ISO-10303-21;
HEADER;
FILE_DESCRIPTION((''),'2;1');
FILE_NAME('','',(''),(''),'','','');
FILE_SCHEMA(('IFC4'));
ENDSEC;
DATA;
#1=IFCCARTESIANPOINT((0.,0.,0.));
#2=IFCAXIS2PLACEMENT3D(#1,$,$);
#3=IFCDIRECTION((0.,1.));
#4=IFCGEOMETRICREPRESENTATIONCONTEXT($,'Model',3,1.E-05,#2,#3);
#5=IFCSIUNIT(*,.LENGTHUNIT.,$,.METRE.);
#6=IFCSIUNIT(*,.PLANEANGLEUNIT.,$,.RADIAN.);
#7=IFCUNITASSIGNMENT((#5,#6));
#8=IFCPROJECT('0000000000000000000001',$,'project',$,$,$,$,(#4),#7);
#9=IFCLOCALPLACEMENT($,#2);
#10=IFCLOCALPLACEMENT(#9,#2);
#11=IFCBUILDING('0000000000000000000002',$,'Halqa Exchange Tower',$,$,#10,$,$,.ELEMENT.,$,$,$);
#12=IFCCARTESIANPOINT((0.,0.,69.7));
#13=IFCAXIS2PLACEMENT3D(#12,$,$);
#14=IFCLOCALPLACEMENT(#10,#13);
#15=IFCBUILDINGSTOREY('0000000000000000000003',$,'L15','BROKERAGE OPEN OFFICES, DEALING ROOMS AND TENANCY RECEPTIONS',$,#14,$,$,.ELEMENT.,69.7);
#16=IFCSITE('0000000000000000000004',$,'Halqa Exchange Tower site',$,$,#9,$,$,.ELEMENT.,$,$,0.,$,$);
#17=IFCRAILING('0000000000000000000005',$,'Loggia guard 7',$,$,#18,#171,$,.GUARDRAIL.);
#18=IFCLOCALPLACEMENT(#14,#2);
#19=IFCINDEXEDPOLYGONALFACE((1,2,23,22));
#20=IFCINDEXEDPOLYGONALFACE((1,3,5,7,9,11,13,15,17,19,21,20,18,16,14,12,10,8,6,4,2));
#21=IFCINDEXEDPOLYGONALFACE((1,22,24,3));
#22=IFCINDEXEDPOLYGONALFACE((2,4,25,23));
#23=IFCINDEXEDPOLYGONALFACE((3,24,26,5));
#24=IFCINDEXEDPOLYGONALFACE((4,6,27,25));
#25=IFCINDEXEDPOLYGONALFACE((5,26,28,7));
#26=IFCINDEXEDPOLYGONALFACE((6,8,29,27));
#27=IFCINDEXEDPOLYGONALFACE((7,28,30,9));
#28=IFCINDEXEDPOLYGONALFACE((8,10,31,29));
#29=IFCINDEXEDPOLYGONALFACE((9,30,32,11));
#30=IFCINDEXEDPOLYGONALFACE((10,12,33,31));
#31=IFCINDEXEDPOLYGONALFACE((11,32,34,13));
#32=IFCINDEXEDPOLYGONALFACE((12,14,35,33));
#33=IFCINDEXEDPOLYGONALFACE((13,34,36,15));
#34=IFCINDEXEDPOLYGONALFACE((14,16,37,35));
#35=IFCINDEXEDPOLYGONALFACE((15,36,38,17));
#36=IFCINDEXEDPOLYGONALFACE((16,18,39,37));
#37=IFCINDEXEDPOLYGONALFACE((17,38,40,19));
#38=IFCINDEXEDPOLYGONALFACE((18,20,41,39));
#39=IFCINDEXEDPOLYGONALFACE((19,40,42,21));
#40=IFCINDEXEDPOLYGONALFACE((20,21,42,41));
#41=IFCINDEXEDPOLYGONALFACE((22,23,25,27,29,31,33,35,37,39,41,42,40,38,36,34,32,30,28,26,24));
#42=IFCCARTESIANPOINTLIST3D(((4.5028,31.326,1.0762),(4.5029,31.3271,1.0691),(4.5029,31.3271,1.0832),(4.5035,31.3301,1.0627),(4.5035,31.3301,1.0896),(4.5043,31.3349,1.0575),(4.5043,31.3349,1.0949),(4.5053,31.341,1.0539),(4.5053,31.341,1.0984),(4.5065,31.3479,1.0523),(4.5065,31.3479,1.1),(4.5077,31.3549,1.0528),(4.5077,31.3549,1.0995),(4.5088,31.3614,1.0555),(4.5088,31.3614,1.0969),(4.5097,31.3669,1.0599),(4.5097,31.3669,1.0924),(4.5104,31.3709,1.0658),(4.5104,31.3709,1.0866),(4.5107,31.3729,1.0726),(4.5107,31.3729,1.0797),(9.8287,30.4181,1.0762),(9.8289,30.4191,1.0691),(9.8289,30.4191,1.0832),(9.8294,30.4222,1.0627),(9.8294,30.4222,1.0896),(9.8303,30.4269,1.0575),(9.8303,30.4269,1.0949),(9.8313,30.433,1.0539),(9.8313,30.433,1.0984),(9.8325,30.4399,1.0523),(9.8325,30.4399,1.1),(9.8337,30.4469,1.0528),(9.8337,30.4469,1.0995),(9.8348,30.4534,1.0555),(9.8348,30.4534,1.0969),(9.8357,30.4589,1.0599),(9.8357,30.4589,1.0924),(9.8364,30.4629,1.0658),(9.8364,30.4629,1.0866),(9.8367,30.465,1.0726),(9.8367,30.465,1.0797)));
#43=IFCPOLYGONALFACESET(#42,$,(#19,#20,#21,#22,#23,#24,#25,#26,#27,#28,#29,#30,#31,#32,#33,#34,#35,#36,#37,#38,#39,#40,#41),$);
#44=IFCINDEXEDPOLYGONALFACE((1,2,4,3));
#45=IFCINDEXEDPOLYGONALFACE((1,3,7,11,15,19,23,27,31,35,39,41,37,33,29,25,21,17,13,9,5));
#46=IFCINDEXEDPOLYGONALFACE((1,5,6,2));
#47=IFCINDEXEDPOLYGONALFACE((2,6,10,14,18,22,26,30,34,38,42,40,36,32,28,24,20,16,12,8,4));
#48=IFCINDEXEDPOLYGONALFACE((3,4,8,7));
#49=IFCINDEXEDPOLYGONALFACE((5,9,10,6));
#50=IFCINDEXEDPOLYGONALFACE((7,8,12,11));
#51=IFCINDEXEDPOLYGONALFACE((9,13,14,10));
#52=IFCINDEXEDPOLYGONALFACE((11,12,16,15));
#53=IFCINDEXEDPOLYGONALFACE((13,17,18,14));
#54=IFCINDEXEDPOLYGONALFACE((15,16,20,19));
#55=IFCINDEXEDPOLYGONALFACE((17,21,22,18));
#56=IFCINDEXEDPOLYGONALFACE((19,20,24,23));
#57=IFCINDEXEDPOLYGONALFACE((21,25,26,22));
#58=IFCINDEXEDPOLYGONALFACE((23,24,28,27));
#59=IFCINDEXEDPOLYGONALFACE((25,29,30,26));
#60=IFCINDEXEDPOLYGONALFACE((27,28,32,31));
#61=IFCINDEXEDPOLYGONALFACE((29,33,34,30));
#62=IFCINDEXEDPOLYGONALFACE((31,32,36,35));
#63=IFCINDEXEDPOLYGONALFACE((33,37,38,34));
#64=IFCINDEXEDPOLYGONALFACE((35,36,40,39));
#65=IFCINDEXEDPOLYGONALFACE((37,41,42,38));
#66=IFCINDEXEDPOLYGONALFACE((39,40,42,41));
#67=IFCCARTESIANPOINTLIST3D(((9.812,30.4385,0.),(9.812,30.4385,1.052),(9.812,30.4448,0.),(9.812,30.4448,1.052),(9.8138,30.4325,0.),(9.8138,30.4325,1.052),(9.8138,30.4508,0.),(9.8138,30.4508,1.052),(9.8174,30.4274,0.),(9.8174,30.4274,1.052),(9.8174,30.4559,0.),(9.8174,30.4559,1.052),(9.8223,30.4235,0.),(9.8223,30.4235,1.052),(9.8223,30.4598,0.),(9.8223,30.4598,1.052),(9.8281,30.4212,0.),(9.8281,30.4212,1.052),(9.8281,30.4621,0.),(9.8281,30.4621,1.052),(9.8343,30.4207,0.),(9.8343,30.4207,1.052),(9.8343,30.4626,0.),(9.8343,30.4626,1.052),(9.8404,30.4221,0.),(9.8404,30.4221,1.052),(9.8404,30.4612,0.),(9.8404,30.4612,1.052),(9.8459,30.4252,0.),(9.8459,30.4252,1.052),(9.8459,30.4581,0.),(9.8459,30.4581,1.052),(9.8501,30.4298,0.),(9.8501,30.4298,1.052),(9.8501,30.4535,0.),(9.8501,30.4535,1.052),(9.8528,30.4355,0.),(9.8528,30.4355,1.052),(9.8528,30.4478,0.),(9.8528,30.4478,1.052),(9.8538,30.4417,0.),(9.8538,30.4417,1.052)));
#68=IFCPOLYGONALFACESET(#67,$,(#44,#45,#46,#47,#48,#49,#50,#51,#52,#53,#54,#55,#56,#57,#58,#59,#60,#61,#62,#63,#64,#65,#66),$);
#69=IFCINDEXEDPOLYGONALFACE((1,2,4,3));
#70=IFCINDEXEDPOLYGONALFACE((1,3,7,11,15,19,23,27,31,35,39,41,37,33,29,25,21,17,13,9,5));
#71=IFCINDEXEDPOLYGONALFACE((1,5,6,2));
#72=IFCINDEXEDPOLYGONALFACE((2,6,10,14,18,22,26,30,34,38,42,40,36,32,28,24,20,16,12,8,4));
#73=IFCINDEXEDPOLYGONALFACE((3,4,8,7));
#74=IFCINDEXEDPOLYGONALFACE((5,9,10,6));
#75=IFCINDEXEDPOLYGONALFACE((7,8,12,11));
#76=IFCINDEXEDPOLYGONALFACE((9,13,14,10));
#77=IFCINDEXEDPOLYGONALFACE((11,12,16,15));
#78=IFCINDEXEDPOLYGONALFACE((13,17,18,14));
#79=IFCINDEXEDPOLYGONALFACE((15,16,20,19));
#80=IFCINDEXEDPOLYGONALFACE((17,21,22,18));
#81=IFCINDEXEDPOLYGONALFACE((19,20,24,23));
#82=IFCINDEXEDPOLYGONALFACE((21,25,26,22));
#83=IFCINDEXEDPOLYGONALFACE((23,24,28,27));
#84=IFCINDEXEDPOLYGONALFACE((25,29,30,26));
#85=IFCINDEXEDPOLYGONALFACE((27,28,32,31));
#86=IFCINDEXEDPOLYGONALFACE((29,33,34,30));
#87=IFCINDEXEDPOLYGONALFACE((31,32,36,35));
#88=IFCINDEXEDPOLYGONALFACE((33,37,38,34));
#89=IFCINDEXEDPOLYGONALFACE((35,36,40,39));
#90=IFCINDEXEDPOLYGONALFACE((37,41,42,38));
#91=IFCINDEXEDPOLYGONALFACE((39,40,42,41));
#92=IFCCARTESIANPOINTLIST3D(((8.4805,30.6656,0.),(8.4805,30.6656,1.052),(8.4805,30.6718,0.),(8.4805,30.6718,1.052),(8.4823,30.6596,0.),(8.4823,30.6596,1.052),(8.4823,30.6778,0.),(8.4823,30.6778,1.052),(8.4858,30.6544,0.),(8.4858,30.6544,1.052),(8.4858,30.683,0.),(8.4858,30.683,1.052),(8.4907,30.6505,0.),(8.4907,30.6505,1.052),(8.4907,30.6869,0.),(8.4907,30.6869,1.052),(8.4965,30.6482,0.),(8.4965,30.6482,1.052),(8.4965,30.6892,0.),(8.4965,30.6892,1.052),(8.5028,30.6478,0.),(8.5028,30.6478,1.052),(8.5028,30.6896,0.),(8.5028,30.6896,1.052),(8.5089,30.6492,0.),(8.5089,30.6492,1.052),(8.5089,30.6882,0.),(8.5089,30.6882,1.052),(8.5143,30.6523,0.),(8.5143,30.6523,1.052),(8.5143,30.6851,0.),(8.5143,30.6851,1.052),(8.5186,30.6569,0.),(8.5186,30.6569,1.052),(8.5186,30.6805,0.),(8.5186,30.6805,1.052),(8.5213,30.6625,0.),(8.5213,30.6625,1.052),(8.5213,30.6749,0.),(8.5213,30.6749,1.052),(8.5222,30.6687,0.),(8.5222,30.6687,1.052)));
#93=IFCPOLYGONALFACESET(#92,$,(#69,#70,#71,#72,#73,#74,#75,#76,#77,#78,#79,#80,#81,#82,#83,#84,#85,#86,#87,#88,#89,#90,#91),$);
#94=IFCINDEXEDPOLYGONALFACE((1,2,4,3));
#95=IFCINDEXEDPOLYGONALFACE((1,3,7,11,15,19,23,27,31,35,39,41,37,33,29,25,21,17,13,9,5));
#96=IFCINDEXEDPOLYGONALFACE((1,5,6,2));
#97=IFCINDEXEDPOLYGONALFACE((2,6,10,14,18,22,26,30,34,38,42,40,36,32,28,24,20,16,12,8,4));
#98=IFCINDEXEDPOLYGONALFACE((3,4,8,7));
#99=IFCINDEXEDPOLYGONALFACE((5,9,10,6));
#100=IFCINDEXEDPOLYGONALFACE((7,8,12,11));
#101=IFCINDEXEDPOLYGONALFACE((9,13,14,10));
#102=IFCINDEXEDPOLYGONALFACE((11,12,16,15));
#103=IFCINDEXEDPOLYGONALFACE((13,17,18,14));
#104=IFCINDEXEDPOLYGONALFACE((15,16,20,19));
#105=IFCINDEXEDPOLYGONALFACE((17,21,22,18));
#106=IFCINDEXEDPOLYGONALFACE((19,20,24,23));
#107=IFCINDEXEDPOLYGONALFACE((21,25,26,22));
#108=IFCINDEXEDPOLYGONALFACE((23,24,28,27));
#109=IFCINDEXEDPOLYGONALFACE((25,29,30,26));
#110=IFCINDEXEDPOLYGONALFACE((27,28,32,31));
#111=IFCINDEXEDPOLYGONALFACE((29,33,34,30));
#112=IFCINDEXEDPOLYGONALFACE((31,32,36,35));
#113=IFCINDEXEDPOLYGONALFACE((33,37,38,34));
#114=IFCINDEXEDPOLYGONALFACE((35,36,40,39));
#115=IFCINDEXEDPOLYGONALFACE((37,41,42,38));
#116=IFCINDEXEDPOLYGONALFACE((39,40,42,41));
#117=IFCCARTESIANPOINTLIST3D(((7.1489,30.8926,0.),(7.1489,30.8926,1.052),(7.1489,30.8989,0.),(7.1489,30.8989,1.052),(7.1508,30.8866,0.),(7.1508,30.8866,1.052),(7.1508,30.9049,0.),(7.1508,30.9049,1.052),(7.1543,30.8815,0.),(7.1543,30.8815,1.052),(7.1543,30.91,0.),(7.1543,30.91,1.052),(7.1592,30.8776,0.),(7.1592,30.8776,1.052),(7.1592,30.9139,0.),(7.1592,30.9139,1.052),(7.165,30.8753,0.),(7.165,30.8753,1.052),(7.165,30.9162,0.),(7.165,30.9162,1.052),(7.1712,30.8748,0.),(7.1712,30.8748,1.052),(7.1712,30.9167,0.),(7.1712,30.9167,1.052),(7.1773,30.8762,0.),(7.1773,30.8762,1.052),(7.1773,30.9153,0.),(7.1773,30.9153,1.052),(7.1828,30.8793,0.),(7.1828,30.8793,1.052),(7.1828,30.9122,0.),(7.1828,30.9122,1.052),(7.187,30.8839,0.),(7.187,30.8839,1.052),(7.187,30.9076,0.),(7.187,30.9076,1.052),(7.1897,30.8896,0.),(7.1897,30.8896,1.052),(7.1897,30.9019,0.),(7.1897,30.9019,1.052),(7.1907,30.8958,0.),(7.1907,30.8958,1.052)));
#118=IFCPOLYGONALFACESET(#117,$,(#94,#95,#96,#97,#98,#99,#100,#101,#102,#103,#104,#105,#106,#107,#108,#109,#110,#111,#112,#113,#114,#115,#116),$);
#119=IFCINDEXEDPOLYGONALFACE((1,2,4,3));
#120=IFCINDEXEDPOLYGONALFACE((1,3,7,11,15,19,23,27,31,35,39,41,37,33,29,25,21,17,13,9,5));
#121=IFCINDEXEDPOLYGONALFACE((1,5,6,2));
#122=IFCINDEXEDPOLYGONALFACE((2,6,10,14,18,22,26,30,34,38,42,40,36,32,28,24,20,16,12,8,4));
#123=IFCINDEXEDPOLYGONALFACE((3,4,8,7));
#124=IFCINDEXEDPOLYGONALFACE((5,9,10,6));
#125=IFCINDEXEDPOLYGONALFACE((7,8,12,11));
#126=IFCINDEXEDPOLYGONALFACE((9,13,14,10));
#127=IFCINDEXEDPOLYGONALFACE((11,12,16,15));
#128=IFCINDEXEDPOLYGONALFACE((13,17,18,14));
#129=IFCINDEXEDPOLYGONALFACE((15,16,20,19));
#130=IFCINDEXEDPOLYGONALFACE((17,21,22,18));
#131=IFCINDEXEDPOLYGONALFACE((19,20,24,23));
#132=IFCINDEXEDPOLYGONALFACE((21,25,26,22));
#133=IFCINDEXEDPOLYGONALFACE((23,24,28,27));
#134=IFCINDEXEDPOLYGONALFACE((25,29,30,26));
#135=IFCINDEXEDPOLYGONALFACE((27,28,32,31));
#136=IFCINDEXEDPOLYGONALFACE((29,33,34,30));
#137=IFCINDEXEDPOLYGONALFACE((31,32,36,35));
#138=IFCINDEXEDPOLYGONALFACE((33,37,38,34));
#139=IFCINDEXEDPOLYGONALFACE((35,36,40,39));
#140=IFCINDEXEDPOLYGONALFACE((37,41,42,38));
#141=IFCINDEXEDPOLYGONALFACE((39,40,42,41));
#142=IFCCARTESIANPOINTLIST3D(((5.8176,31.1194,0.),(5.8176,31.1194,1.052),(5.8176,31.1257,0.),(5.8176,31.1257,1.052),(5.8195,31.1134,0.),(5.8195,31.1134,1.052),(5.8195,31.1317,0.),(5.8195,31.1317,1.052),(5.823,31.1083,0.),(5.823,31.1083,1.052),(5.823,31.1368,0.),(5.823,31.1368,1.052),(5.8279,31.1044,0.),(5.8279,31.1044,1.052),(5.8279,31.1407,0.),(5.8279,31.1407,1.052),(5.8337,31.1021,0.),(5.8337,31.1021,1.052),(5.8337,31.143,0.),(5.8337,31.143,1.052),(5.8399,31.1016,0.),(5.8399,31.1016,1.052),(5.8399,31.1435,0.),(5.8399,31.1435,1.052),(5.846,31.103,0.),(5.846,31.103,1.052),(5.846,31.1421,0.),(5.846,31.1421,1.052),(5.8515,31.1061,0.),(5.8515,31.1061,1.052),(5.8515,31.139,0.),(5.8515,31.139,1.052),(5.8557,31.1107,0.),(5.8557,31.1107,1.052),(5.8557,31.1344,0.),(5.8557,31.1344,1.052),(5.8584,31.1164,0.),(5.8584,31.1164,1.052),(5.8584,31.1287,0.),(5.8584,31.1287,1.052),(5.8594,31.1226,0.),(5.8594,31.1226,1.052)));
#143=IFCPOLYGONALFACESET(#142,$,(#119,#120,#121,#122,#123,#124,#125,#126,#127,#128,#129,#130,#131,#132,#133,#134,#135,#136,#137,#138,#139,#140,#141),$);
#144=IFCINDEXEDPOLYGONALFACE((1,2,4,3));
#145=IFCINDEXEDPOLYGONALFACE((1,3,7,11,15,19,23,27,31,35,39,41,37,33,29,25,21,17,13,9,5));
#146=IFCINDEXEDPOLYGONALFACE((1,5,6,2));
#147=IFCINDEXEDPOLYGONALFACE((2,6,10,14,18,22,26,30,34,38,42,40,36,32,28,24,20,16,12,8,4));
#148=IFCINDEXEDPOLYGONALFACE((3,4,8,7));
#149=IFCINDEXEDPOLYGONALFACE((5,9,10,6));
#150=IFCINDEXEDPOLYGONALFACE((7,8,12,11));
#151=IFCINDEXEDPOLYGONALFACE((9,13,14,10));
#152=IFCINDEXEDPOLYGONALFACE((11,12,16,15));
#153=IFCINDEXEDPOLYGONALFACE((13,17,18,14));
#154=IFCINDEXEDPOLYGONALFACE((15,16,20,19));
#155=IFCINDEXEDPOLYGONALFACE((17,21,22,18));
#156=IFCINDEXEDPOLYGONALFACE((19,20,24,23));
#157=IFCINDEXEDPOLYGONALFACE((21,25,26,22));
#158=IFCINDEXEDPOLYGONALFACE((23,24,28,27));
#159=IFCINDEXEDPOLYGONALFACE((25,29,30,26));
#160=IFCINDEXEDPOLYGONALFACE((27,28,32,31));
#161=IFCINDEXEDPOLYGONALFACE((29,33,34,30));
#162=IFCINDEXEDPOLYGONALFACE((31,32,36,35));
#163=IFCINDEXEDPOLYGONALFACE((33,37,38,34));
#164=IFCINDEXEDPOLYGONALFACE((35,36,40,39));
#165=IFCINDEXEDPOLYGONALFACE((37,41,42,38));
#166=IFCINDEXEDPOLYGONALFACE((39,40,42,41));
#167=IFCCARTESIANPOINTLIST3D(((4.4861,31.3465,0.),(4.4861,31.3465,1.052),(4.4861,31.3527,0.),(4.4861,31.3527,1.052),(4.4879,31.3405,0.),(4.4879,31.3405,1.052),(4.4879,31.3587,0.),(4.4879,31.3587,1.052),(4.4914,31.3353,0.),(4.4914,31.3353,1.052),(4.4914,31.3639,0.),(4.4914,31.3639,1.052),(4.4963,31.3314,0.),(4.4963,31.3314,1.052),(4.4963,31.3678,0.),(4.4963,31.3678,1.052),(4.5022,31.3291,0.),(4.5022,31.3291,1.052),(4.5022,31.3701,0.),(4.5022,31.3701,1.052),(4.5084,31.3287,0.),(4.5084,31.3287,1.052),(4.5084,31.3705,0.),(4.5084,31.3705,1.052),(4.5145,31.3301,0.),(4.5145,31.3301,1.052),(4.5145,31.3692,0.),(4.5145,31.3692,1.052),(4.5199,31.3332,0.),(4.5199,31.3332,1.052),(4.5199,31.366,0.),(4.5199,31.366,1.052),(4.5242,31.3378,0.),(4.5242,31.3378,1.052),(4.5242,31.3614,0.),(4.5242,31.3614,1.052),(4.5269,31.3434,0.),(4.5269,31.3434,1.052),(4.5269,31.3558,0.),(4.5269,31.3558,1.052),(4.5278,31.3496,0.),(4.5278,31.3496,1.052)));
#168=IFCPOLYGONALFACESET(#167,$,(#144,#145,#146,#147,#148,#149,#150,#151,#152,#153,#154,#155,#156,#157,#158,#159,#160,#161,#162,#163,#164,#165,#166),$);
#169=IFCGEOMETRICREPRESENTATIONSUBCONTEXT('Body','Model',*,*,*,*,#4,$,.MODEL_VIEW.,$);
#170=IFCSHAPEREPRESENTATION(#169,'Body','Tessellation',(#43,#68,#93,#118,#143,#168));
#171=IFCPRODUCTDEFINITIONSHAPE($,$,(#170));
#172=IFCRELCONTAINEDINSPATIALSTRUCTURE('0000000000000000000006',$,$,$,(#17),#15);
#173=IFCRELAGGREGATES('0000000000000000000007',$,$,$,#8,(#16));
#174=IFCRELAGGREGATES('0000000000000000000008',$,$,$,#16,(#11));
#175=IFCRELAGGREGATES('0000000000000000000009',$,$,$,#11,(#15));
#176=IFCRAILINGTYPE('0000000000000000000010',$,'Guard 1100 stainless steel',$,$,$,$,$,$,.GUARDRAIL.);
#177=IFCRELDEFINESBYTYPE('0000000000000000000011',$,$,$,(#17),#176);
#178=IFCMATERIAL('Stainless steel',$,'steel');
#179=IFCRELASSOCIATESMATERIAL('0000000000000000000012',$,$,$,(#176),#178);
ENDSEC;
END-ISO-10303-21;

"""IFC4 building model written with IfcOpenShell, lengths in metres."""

from ifc_helpers import new_model, si_unit, direction, frame, origin, origin_2d, place, context, subcontext, project, spatial, circle, extrude, material, type_object, element, save


model = new_model("IFC4")

# Units and contexts
model_context = context("Model", 3, precision=1e-05, world=origin(), true_north=direction((0.0, 1.0)))
body_context = subcontext(model_context, "Body", "Model", "MODEL_VIEW")
ifc_project = project(units=[si_unit("LENGTHUNIT", "METRE"), si_unit("PLANEANGLEUNIT", "RADIAN")], contexts=[model_context])

# Site, building, storey
site_placement = place(None, origin())
site = spatial("IfcSite", under=ifc_project, at=site_placement, Name="Halqa Exchange Tower site", CompositionType="ELEMENT", RefElevation=0.0)
building_placement = place(site_placement, origin())
building = spatial("IfcBuilding", under=site, at=building_placement, Name="Halqa Exchange Tower", CompositionType="ELEMENT")
storey_placement = place(building_placement, frame((0.0, 0.0, 69.7)))
storey = spatial("IfcBuildingStorey", under=building, at=storey_placement, Name="L15", Description="BROKERAGE OPEN OFFICES, DEALING ROOMS AND TENANCY RECEPTIONS", CompositionType="ELEMENT", Elevation=69.7)

# Railing
ifc_material_1 = material(Name="Stainless steel", Category="steel")
railing_type_1 = type_object("IfcRailingType", Name="Guard 1100 stainless steel", PredefinedType="GUARDRAIL", material=ifc_material_1)
railing_1_placement = place(storey_placement, frame((9.8328, 30.4417, 0.0)))
element("IfcRailing", 1, at=railing_1_placement, inside=storey, type_object=railing_type_1, Name="Loggia guard 7", PredefinedType="GUARDRAIL", context=body_context, shape_type="SweptSolid", body=[
    extrude(circle(Radius=0.0239, at=origin_2d()), frame((0.0, 0.0, 1.0762), z_axis=(-0.985778, 0.168054, 0.0), x_axis=(-0.168054, -0.985778, 0.0)), (0.0, 0.0, 1.0), 5.4028),
    extrude(circle(Radius=0.021, at=origin_2d()), origin(), (0.0, 0.0, 1.0), 1.052),
    extrude(circle(Radius=0.021, at=origin_2d()), frame((-1.3315, 0.2271, 0.0)), (0.0, 0.0, 1.0), 1.052),
    extrude(circle(Radius=0.021, at=origin_2d()), frame((-2.6631, 0.4541, 0.0)), (0.0, 0.0, 1.0), 1.052),
    extrude(circle(Radius=0.021, at=origin_2d()), frame((-3.9944, 0.6809, 0.0)), (0.0, 0.0, 1.0), 1.052),
    extrude(circle(Radius=0.021, at=origin_2d()), frame((-5.3259, 0.908, 0.0)), (0.0, 0.0, 1.0), 1.052),
])

save(model, "model.ifc")
